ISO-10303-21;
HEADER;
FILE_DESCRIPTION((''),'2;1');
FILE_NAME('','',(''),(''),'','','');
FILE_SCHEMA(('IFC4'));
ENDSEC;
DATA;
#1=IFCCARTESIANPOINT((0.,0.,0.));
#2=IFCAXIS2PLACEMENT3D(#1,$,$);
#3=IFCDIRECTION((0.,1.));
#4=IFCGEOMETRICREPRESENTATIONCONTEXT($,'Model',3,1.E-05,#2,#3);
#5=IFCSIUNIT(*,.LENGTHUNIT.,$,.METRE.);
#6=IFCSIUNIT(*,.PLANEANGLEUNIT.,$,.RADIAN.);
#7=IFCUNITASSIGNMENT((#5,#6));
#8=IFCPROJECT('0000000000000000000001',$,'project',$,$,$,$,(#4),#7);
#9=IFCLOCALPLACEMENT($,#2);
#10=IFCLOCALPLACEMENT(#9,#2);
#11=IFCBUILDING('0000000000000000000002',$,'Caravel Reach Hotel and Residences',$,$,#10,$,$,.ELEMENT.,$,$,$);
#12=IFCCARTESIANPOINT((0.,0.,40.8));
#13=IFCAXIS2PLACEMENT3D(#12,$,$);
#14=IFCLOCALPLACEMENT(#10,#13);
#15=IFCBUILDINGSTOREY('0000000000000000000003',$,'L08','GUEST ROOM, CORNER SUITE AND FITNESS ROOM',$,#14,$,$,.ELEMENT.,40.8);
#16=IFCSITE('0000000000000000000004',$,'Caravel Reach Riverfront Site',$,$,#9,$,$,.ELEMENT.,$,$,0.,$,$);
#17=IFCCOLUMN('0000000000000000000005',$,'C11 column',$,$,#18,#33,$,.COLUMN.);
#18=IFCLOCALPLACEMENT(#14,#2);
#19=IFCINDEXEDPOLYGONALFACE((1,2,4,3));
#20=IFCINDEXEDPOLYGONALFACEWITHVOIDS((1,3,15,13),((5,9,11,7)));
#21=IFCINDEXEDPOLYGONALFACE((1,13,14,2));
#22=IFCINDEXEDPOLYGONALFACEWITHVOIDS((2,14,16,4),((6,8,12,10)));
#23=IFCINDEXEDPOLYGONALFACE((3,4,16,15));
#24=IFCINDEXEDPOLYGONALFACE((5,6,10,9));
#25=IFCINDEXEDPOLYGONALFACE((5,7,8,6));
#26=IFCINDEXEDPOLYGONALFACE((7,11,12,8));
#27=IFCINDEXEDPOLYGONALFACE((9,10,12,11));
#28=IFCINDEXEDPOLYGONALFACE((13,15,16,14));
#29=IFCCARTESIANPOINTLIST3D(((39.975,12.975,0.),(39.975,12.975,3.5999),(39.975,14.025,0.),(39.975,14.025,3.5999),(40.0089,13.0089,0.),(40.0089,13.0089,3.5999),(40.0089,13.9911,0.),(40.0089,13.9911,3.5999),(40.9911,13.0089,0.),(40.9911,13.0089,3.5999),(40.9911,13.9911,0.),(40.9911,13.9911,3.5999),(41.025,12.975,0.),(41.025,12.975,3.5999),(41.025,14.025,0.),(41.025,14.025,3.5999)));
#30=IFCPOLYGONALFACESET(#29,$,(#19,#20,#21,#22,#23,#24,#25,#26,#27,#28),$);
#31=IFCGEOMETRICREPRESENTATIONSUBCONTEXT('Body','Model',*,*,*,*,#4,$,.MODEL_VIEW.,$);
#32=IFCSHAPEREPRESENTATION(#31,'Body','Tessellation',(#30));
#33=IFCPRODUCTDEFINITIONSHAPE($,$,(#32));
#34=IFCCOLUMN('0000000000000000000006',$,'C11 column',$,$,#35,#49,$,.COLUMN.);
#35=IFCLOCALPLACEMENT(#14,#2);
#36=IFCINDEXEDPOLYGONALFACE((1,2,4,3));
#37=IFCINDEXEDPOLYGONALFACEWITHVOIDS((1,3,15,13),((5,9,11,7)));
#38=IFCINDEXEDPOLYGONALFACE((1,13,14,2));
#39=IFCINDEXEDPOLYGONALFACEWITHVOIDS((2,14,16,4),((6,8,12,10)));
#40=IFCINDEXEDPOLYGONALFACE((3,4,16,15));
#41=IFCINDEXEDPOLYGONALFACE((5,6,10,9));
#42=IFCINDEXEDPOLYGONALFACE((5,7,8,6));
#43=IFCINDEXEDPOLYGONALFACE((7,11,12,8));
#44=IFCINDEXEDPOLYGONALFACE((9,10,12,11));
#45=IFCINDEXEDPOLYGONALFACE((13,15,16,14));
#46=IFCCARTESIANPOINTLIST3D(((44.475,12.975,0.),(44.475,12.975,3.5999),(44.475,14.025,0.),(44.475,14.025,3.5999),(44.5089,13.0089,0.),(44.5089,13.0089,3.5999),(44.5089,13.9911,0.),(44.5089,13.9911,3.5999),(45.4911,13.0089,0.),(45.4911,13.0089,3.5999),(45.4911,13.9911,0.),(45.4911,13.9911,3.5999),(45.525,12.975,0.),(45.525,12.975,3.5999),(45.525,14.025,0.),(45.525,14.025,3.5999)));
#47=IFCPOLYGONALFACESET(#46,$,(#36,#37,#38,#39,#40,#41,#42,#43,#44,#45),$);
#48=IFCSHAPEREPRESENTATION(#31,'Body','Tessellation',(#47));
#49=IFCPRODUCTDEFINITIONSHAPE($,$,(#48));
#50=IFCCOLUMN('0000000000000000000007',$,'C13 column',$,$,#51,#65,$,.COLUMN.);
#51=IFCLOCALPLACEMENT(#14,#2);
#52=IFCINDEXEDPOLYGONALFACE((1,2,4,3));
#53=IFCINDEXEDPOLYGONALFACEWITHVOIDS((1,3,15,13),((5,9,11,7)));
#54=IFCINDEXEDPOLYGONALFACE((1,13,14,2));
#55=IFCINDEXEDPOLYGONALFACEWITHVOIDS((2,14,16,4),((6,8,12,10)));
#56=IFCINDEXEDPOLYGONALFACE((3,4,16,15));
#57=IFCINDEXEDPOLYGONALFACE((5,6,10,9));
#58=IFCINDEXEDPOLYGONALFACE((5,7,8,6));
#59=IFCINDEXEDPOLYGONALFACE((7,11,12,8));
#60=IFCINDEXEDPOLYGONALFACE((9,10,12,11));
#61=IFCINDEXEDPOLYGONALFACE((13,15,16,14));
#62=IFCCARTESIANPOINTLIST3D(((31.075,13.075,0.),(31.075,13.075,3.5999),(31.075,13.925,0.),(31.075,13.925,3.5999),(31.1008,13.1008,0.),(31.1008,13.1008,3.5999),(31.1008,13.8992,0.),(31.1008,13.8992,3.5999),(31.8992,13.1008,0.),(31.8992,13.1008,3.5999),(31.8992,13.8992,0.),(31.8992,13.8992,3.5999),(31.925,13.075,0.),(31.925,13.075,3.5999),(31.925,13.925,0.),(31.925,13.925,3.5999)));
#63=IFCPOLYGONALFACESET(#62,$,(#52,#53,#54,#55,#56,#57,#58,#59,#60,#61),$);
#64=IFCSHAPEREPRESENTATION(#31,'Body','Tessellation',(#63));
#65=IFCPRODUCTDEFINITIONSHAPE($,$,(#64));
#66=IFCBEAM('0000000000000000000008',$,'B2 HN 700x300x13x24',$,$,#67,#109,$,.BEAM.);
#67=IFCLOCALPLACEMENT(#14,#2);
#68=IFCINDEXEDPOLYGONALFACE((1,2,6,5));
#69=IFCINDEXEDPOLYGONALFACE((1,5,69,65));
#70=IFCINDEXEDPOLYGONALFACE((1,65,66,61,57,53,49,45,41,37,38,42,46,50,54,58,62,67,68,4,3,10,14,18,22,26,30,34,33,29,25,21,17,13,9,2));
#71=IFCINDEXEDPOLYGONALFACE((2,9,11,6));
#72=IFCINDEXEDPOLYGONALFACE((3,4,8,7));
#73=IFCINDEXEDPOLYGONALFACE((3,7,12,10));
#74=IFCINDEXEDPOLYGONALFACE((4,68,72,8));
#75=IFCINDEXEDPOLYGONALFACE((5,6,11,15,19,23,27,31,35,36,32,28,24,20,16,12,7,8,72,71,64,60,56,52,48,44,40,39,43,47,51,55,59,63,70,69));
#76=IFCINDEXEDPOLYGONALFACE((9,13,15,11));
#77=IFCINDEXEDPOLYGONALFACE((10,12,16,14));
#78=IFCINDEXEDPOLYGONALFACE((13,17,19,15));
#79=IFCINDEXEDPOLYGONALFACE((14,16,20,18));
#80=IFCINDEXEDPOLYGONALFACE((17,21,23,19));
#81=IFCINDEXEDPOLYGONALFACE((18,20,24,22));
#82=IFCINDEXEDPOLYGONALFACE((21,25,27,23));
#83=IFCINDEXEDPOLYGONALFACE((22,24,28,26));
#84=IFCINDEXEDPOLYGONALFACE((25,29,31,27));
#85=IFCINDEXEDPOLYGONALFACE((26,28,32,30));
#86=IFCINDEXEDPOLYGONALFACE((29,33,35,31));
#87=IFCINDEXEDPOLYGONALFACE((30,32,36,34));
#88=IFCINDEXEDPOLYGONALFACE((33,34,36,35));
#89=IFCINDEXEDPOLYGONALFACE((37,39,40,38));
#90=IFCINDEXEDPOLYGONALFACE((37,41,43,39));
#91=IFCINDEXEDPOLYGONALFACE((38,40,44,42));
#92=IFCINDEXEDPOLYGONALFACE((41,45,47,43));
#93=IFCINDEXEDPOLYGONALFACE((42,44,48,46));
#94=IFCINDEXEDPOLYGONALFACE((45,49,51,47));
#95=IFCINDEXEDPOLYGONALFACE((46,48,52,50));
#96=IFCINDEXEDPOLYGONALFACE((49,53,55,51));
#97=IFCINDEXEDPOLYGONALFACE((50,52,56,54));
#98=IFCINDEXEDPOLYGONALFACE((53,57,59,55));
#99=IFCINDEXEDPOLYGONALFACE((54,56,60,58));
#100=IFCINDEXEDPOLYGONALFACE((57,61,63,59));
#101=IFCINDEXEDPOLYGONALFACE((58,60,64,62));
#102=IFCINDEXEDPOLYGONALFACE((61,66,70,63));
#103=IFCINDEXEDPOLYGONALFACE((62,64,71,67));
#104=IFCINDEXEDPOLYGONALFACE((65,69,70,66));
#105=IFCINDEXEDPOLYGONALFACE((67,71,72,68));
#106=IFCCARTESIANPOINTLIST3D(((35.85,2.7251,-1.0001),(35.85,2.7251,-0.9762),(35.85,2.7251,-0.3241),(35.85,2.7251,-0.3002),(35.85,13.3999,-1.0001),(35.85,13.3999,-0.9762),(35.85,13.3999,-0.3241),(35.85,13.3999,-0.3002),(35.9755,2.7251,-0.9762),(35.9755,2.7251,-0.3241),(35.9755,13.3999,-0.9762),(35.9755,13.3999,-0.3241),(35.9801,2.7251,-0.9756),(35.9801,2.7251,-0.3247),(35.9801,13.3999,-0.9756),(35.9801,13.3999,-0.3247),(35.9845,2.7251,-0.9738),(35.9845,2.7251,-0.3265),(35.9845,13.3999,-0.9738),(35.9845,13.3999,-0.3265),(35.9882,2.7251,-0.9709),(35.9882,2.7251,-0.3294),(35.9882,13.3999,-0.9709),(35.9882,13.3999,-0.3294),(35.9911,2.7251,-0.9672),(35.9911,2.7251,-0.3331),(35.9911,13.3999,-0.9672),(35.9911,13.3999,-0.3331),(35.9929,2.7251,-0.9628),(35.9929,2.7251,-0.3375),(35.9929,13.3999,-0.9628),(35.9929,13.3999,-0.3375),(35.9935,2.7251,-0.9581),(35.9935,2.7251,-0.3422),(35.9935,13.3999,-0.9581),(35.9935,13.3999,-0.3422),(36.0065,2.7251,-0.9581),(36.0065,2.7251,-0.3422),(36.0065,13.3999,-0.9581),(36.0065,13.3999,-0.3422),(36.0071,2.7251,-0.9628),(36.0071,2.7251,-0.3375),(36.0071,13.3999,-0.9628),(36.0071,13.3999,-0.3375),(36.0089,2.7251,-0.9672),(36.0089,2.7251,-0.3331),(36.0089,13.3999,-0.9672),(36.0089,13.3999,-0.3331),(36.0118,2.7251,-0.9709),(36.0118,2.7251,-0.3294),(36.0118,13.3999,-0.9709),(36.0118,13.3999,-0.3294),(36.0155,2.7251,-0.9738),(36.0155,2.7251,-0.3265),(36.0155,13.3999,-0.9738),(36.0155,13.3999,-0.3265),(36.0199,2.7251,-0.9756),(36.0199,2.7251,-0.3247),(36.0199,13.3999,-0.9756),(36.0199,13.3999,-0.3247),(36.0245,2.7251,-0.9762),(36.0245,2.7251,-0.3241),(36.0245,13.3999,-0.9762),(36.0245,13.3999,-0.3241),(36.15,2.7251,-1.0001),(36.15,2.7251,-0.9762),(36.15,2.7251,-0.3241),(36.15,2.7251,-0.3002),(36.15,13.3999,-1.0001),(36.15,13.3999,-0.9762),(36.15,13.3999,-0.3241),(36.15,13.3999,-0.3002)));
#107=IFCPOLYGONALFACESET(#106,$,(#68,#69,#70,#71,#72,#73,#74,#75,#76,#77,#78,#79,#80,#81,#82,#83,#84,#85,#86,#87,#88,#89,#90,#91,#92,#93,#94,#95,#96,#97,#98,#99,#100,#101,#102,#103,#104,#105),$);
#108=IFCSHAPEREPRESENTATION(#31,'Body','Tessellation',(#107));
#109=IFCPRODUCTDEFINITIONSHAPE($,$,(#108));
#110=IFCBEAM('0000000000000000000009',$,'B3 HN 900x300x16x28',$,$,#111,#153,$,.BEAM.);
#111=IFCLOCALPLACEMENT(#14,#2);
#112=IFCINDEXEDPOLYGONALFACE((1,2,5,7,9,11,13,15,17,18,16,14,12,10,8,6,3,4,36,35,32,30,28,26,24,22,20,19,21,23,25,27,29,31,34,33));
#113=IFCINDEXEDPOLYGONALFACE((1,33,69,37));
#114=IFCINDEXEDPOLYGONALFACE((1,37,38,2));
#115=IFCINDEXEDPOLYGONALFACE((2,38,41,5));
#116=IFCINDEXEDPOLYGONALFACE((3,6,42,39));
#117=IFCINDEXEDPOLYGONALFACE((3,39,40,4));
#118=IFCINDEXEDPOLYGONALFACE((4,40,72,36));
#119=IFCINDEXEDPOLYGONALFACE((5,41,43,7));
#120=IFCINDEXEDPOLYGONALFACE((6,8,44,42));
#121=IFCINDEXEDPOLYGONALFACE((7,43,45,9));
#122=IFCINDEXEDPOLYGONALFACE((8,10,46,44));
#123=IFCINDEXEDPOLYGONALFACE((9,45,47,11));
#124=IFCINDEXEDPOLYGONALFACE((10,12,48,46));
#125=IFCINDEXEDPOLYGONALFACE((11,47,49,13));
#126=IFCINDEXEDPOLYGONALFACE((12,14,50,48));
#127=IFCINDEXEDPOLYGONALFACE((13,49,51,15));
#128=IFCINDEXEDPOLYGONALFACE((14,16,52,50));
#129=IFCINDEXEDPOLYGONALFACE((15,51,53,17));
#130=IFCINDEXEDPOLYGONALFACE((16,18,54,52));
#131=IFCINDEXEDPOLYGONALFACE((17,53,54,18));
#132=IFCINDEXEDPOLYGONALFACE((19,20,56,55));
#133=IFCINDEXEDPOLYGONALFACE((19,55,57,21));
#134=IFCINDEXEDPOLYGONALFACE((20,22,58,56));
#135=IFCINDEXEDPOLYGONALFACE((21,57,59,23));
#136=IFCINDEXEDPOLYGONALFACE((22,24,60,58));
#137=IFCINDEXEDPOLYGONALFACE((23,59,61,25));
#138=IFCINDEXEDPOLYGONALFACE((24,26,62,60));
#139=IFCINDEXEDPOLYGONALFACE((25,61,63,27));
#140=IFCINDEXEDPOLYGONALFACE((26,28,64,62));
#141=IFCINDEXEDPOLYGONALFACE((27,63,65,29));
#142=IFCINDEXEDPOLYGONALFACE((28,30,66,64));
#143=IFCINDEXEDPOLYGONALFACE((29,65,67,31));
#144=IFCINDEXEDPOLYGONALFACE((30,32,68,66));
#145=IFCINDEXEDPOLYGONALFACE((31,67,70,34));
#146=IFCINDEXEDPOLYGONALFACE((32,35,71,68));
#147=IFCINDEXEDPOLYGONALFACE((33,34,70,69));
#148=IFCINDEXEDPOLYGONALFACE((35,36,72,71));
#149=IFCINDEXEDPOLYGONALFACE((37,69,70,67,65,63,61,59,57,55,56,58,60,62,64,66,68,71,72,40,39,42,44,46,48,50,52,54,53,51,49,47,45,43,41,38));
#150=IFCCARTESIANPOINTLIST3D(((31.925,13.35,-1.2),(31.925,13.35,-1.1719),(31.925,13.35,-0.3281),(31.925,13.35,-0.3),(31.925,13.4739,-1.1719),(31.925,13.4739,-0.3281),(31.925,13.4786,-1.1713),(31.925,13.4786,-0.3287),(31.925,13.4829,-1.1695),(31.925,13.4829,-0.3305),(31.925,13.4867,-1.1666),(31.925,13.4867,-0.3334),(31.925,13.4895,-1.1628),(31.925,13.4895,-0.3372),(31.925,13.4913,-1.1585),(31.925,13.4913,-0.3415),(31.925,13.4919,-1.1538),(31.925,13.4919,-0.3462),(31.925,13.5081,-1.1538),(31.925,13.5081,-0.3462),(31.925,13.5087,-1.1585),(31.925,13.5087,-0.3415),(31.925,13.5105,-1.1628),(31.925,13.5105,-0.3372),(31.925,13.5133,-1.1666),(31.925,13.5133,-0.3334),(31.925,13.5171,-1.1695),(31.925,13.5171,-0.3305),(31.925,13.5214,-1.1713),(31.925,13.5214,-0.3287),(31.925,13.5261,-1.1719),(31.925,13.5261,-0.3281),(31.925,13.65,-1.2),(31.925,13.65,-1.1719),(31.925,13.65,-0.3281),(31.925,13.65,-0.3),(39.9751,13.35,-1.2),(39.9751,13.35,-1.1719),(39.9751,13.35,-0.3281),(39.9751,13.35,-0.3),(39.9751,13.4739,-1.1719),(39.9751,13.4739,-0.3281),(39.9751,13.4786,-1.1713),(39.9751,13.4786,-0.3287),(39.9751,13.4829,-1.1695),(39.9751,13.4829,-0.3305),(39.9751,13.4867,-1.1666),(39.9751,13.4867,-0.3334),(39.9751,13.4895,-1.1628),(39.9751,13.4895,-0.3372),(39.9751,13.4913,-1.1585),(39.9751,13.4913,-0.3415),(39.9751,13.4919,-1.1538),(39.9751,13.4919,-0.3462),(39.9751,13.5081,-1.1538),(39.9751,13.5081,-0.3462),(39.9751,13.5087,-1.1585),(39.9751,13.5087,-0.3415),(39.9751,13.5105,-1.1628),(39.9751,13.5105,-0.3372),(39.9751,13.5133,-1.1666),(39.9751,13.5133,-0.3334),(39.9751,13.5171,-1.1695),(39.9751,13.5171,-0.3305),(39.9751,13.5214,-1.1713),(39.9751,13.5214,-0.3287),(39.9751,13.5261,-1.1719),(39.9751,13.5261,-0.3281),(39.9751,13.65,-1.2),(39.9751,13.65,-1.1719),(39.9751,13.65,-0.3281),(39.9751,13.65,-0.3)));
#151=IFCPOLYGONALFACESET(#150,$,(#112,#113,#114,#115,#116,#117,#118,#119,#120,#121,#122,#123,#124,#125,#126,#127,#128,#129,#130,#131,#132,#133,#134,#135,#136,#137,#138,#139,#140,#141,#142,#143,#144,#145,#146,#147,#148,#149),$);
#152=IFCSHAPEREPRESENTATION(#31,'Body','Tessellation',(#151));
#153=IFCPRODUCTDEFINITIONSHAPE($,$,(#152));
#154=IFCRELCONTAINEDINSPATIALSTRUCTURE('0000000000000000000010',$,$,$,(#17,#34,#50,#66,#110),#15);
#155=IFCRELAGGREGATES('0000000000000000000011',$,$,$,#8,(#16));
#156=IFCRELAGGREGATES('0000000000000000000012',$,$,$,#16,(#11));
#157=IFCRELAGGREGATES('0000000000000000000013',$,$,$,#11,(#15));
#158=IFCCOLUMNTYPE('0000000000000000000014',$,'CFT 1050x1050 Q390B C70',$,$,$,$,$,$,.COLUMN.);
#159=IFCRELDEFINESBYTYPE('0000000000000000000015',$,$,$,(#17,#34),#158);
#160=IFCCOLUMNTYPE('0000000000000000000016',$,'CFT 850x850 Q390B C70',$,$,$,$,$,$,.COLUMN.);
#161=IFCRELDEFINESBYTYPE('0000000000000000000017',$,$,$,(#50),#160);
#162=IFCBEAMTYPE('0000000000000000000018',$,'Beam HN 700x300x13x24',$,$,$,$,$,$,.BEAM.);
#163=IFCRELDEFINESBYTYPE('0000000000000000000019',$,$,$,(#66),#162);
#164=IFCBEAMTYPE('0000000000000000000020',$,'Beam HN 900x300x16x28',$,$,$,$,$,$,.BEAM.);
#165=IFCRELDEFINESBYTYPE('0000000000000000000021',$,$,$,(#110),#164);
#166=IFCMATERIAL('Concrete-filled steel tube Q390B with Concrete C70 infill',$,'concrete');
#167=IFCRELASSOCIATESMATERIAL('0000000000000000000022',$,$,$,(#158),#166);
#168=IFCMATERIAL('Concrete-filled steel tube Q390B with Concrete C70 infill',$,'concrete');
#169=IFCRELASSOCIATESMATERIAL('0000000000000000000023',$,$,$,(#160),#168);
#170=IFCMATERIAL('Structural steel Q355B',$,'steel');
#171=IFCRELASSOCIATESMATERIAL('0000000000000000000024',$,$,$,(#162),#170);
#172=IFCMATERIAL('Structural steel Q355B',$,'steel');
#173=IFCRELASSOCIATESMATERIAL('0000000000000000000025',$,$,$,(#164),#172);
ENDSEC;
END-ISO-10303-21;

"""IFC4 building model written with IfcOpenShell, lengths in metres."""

from ifc_helpers import new_model, si_unit, direction, frame, origin, origin_2d, place, context, subcontext, project, spatial, hollow_rectangle, i_section, extrude, material, material_profile, profile_set, type_object, element, save


model = new_model("IFC4")

# Units and contexts
model_context = context("Model", 3, precision=1e-05, world=origin(), true_north=direction((0.0, 1.0)))
body_context = subcontext(model_context, "Body", "Model", "MODEL_VIEW")
ifc_project = project(units=[si_unit("LENGTHUNIT", "METRE"), si_unit("PLANEANGLEUNIT", "RADIAN")], contexts=[model_context])

# Site, building, storey
site_placement = place(None, origin())
site = spatial("IfcSite", under=ifc_project, at=site_placement, Name="Caravel Reach Riverfront Site", CompositionType="ELEMENT", RefElevation=0.0)
building_placement = place(site_placement, origin())
building = spatial("IfcBuilding", under=site, at=building_placement, Name="Caravel Reach Hotel and Residences", CompositionType="ELEMENT")
storey_placement = place(building_placement, frame((0.0, 0.0, 40.8)))
storey = spatial("IfcBuildingStorey", under=building, at=storey_placement, Name="L08", Description="GUEST ROOM, CORNER SUITE AND FITNESS ROOM", CompositionType="ELEMENT", Elevation=40.8)

# Columns
ifc_material_1 = material(Name="Concrete-filled steel tube Q390B with Concrete C70 infill", Category="concrete")
ifc_material_profile_1 = material_profile(ifc_material_1, hollow_rectangle(XDim=1.05, YDim=1.05, WallThickness=0.0339, at=origin_2d()), Name="RHS 1050x1050x34")
ifc_profile_set_1 = profile_set([ifc_material_profile_1], Name="Concrete-filled steel tube Q390B with Concrete C70 infill")
column_type_1 = type_object("IfcColumnType", Name="CFT 1050x1050 Q390B C70", PredefinedType="COLUMN", material=ifc_profile_set_1)
for number, where, z_axis, x_axis, name in (
    (1, (40.5, 13.5, 0.0), (0.0, 0.0, 1.0), (1.0, 0.0, 0.0), "C11 column"),
    (2, (45.0, 13.5, 0.0), (0.0, 0.0, 1.0), (1.0, 0.0, 0.0), "C11 column"),
):
    element("IfcColumn", number, at=place(storey_placement, frame(where, z_axis=z_axis, x_axis=x_axis)), inside=storey, type_object=column_type_1, Name=name, PredefinedType="COLUMN", context=body_context, shape_type="SweptSolid", body=[
        extrude(hollow_rectangle(XDim=1.05, YDim=1.05, WallThickness=0.0339, at=origin_2d()), origin(), (0.0, 0.0, 1.0), 3.5999),
    ])
ifc_material_2 = material(Name="Concrete-filled steel tube Q390B with Concrete C70 infill", Category="concrete")
ifc_material_profile_2 = material_profile(ifc_material_2, hollow_rectangle(XDim=0.8501, YDim=0.8501, WallThickness=0.0259, at=origin_2d()), Name="RHS 850x850x26")
ifc_profile_set_2 = profile_set([ifc_material_profile_2], Name="Concrete-filled steel tube Q390B with Concrete C70 infill")
column_type_2 = type_object("IfcColumnType", Name="CFT 850x850 Q390B C70", PredefinedType="COLUMN", material=ifc_profile_set_2)
column_placement = place(storey_placement, frame((31.5, 13.5, 0.0), z_axis=(0.0, 0.0, 1.0), x_axis=(1.0, 0.0, 0.0)))
element("IfcColumn", 3, at=column_placement, inside=storey, type_object=column_type_2, Name="C13 column", PredefinedType="COLUMN", context=body_context, shape_type="SweptSolid", body=[
    extrude(hollow_rectangle(XDim=0.8501, YDim=0.8501, WallThickness=0.0259, at=origin_2d()), origin(), (0.0, 0.0, 1.0), 3.5999),
])

# Beams
ifc_material_3 = material(Name="Structural steel Q355B", Category="steel")
ifc_material_profile_3 = material_profile(ifc_material_3, i_section(OverallWidth=0.3, OverallDepth=0.7, WebThickness=0.0129, FlangeThickness=0.0239, FilletRadius=0.0181, at=origin_2d()), Name="HN 700x300x13x24")
ifc_profile_set_3 = profile_set([ifc_material_profile_3], Name="Structural steel Q355B")
beam_type_1 = type_object("IfcBeamType", Name="Beam HN 700x300x13x24", PredefinedType="BEAM", material=ifc_profile_set_3)
beam_1_placement = place(storey_placement, frame((36.0, 13.3999, -0.6501), z_axis=(0.0, -1.0, 0.0), x_axis=(1.0, 0.0, 0.0)))
element("IfcBeam", 4, at=beam_1_placement, inside=storey, type_object=beam_type_1, Name="B2 HN 700x300x13x24", PredefinedType="BEAM", context=body_context, shape_type="SweptSolid", body=[
    extrude(i_section(OverallWidth=0.3, OverallDepth=0.7, WebThickness=0.0129, FlangeThickness=0.0239, FilletRadius=0.0181, at=origin_2d()), origin(), (0.0, 0.0, 1.0), 10.6748),
])
ifc_material_4 = material(Name="Structural steel Q355B", Category="steel")
ifc_material_profile_4 = material_profile(ifc_material_4, i_section(OverallWidth=0.3, OverallDepth=0.8999, WebThickness=0.0161, FlangeThickness=0.0281, FilletRadius=0.0181, at=origin_2d()), Name="HN 900x300x16x28")
ifc_profile_set_4 = profile_set([ifc_material_profile_4], Name="Structural steel Q355B")
beam_type_2 = type_object("IfcBeamType", Name="Beam HN 900x300x16x28", PredefinedType="BEAM", material=ifc_profile_set_4)
beam_2_placement = place(storey_placement, frame((31.925, 13.5, -0.75), z_axis=(1.0, 0.0, 0.0), x_axis=(0.0, 1.0, 0.0)))
element("IfcBeam", 5, at=beam_2_placement, inside=storey, type_object=beam_type_2, Name="B3 HN 900x300x16x28", PredefinedType="BEAM", context=body_context, shape_type="SweptSolid", body=[
    extrude(i_section(OverallWidth=0.3, OverallDepth=0.8999, WebThickness=0.0161, FlangeThickness=0.0281, FilletRadius=0.0181, at=origin_2d()), origin(), (0.0, 0.0, 1.0), 8.05),
])

save(model, "model.ifc")
